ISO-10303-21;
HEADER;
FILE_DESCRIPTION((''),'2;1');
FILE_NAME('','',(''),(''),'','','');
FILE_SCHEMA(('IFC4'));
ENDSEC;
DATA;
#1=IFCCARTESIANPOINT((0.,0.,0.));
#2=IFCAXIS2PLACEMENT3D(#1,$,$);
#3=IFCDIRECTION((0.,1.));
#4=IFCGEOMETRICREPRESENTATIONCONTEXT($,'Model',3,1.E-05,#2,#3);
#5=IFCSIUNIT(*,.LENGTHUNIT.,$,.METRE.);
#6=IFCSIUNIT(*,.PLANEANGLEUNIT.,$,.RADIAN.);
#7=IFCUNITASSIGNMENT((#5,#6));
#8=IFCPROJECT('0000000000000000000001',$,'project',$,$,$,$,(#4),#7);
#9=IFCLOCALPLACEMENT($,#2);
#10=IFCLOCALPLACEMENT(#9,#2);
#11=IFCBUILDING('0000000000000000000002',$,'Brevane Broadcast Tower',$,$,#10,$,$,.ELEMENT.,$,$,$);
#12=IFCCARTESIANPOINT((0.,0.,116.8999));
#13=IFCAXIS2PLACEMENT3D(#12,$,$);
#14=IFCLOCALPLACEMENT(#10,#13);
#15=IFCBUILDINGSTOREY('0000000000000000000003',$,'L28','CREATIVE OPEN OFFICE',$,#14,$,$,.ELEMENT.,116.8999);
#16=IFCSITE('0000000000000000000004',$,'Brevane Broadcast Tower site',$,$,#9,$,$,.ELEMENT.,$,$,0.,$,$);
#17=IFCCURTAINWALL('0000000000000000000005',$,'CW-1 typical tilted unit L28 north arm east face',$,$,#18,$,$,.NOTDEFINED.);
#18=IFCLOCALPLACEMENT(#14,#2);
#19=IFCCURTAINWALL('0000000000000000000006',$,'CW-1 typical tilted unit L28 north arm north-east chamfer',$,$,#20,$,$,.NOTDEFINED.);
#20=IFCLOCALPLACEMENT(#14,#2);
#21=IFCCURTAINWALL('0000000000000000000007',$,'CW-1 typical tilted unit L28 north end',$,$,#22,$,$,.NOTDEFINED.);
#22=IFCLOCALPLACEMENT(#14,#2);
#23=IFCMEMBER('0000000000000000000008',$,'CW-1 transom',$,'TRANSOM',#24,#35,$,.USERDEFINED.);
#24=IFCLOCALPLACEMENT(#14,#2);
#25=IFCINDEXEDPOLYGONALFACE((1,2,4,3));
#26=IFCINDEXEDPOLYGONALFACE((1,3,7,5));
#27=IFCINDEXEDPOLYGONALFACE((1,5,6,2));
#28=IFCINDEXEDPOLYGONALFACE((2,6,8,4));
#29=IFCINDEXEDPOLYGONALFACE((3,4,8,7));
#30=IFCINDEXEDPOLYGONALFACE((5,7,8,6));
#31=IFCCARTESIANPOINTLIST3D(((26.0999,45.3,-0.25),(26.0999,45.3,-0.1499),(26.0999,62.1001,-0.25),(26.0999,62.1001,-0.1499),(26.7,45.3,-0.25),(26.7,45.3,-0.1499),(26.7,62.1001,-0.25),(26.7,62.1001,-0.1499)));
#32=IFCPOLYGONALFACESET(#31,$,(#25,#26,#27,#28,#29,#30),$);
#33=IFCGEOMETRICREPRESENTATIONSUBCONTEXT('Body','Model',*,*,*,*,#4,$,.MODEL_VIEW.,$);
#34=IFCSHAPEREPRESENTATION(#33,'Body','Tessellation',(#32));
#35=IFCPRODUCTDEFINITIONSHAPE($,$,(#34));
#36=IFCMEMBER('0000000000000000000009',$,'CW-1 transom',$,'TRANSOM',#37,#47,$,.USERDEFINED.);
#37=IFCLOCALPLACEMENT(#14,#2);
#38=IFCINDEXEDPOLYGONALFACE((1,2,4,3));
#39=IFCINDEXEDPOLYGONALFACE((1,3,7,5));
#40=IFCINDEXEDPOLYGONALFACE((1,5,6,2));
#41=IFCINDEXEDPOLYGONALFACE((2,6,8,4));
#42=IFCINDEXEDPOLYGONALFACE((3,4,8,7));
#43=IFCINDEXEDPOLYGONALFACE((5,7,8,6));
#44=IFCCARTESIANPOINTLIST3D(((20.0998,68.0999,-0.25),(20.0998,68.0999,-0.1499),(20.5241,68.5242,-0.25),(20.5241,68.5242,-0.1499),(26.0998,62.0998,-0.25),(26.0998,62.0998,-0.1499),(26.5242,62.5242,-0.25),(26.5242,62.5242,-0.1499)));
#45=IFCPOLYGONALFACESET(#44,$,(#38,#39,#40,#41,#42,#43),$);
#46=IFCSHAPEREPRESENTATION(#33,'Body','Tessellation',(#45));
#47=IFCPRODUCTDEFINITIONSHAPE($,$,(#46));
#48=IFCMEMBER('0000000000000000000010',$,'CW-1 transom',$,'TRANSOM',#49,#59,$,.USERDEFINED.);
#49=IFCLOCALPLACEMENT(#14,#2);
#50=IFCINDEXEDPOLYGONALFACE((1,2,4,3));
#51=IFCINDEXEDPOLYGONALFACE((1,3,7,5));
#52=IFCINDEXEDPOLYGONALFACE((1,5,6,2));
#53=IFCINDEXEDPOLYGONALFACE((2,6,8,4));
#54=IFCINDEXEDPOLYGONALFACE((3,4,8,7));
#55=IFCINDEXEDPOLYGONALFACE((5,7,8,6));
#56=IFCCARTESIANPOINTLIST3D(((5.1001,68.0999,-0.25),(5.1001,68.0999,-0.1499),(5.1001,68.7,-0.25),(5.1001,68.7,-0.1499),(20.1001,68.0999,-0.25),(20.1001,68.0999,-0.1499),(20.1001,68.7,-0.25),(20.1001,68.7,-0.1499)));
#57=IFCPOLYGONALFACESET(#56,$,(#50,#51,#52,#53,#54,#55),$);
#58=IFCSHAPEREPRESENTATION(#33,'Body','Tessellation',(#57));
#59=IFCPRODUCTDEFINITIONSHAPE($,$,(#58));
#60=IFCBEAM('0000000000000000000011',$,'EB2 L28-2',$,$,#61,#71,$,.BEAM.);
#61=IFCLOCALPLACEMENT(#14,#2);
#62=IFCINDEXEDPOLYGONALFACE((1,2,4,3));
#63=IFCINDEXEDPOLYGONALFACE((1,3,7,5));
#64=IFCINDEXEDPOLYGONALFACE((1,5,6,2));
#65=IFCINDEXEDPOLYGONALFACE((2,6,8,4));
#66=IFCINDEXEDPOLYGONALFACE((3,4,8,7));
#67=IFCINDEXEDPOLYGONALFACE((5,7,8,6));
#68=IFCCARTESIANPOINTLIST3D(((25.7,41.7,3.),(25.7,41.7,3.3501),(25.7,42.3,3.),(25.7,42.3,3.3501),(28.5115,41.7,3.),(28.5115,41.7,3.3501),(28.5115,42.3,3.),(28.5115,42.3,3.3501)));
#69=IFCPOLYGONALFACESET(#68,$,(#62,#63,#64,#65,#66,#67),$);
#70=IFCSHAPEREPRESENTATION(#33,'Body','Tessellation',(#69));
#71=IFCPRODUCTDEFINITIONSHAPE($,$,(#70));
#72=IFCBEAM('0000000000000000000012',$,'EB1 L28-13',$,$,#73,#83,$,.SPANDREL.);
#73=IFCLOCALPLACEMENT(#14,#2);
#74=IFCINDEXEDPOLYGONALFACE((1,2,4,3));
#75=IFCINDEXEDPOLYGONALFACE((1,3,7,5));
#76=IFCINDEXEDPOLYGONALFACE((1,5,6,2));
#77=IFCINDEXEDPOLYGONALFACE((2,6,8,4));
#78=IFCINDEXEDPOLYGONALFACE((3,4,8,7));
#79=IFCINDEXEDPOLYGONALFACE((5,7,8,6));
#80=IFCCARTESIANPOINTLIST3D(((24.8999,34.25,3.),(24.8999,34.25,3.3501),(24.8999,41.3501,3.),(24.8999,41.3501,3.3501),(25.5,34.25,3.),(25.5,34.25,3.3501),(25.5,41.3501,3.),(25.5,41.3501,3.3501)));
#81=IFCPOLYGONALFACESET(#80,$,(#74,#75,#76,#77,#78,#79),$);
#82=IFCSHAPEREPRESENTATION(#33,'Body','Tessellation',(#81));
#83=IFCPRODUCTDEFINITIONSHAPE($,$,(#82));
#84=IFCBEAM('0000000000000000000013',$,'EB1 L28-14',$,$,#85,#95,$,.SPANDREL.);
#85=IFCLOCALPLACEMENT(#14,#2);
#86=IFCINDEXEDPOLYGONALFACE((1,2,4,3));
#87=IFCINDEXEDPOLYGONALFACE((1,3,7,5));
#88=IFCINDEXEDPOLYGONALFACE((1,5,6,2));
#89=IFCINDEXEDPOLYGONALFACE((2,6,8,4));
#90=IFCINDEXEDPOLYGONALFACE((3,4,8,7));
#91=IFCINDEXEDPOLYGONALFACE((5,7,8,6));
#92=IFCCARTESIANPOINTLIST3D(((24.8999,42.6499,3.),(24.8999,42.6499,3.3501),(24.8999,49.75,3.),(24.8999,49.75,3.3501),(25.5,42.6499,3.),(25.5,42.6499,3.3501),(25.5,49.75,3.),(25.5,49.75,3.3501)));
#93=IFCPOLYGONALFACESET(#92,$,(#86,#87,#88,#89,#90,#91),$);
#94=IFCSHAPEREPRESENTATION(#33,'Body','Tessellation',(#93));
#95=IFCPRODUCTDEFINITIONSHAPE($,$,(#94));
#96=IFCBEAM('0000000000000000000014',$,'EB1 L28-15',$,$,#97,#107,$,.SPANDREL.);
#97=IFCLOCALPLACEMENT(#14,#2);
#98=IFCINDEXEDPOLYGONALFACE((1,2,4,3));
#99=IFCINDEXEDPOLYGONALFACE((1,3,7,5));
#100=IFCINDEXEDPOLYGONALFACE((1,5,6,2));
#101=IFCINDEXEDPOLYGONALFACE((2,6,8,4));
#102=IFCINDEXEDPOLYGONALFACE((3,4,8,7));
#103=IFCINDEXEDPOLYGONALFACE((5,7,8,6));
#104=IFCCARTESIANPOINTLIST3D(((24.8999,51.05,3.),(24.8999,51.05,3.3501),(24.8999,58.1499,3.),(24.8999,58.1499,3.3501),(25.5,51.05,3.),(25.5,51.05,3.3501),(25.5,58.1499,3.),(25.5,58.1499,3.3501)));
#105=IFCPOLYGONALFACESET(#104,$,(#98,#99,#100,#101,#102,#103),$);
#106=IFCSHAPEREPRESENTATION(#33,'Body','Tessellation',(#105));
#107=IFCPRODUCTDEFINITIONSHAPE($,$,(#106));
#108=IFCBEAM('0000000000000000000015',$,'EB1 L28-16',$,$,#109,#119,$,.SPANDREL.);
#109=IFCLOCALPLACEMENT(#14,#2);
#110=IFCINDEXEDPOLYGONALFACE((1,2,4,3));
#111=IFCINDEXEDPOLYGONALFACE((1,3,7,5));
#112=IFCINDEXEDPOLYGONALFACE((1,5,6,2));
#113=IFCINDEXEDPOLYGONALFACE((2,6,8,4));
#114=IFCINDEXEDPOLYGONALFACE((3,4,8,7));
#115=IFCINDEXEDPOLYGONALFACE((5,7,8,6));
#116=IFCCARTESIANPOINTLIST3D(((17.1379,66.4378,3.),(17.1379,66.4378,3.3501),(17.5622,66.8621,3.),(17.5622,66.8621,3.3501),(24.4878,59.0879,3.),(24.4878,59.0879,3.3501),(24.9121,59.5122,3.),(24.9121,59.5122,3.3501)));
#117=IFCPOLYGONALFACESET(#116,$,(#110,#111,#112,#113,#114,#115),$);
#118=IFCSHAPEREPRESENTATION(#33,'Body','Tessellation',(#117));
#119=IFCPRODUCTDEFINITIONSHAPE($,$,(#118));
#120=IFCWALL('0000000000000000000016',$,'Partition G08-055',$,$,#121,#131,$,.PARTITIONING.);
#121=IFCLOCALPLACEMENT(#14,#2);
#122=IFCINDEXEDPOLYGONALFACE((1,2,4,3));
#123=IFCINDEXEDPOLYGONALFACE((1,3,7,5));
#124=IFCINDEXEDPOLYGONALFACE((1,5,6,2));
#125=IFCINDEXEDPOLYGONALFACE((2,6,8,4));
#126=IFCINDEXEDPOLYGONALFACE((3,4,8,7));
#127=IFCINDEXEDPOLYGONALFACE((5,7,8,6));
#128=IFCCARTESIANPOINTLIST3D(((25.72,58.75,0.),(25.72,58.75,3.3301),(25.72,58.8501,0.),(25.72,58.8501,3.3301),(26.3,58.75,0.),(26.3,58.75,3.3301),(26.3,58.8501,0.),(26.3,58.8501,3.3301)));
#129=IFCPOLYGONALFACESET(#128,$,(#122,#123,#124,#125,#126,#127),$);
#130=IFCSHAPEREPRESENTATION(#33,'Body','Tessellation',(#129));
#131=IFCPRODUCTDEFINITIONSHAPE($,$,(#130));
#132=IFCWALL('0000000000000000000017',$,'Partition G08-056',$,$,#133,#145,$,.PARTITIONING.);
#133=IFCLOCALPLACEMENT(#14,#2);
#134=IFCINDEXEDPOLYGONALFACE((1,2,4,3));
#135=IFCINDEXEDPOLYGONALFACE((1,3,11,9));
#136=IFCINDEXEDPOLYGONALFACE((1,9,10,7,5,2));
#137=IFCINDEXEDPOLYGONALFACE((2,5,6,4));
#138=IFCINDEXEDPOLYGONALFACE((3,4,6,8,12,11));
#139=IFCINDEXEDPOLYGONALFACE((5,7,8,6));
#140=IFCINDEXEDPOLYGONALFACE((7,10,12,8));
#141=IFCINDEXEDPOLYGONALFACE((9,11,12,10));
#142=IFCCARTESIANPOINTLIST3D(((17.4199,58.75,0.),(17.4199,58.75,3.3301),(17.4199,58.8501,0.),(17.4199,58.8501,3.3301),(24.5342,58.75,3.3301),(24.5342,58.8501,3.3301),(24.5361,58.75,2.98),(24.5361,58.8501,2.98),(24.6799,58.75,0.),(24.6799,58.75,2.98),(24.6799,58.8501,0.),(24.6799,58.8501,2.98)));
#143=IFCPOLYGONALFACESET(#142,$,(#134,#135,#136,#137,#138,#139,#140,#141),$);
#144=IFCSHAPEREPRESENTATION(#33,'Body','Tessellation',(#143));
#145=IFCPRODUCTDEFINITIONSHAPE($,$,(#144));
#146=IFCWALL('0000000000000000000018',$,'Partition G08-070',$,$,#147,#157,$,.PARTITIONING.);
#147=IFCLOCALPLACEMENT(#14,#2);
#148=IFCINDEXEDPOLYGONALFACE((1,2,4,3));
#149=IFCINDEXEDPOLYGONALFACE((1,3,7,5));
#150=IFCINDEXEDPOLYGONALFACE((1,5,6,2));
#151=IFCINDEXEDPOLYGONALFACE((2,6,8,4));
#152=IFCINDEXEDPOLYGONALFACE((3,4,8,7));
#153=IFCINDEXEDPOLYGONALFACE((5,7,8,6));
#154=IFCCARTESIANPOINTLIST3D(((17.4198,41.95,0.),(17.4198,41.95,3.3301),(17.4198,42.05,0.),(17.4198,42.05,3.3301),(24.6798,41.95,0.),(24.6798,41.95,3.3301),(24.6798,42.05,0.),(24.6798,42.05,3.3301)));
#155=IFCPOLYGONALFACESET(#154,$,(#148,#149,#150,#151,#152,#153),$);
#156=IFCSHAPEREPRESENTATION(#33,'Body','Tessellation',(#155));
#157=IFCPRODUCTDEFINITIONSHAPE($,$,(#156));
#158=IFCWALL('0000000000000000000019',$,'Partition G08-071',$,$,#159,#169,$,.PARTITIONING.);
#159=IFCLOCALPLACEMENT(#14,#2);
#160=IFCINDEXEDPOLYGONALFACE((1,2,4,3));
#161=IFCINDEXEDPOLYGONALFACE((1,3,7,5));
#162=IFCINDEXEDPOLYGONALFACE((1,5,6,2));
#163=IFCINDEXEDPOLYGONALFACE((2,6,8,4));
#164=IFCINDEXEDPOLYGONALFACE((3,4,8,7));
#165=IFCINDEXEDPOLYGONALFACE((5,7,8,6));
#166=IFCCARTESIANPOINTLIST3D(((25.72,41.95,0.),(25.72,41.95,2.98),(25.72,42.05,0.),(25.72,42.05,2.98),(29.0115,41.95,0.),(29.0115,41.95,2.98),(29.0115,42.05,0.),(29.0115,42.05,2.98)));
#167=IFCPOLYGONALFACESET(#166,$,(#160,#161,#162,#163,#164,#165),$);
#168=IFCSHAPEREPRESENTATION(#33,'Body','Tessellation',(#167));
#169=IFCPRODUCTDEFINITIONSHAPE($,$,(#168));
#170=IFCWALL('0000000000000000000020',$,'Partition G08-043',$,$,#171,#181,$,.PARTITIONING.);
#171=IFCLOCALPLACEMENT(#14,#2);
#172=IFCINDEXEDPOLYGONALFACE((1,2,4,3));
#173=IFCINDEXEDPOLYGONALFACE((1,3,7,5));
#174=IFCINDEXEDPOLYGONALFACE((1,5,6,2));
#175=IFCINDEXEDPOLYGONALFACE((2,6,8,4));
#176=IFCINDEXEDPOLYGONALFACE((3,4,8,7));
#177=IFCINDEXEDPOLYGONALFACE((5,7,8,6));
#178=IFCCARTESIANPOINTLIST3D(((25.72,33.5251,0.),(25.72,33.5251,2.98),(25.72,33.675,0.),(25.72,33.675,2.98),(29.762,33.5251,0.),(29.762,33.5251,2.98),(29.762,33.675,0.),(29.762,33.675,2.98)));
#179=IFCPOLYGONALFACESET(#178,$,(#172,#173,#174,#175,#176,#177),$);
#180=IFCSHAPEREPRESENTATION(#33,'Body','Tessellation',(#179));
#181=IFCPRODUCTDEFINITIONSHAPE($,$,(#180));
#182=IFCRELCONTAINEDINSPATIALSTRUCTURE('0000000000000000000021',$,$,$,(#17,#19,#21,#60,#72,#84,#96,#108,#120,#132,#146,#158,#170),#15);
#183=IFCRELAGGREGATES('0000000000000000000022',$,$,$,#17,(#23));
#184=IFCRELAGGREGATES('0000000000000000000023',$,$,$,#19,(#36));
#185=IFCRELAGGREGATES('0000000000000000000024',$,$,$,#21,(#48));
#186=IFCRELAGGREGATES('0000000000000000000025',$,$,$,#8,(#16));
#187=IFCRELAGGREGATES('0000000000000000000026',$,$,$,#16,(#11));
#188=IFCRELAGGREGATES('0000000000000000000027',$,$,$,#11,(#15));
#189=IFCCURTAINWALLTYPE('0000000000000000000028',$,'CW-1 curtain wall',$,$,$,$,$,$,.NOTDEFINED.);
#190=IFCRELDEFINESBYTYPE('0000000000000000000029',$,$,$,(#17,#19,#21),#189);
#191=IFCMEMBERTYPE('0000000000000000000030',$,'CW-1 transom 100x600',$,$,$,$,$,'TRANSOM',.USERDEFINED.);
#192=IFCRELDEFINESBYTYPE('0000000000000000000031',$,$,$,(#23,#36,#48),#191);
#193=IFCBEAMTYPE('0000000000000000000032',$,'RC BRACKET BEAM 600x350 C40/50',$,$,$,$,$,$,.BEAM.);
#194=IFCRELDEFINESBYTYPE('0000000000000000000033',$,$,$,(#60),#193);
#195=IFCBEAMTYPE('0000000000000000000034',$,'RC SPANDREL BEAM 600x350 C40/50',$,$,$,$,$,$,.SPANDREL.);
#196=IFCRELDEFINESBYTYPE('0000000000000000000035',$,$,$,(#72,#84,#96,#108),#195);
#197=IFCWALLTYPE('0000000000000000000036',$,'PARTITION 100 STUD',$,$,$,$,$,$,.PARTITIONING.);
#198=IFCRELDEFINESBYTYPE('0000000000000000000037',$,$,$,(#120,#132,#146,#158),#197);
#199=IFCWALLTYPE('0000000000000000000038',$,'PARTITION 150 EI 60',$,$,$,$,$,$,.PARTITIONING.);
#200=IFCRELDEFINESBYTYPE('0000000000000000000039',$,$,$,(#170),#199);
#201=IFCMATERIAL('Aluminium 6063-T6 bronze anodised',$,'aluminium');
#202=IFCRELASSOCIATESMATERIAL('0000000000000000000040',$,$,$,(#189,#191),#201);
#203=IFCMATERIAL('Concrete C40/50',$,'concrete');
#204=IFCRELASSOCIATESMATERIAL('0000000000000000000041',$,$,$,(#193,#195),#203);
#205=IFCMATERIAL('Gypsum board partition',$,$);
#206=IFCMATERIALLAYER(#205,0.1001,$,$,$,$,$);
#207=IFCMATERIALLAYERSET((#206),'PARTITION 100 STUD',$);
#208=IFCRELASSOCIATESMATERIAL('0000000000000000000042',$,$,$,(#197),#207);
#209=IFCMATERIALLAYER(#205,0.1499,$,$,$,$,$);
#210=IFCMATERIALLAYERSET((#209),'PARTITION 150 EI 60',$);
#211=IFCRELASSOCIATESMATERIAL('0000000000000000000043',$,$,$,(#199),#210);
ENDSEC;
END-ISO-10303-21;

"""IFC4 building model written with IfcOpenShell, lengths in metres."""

from ifc_helpers import new_model, si_unit, direction, frame, frame_2d, origin, origin_2d, place, context, subcontext, project, spatial, polyline, rectangle, outline, extrude, material, layer, layer_set, material_profile, profile_set, type_object, element, aggregate, save


model = new_model("IFC4")

# Units and contexts
model_context = context("Model", 3, precision=1e-05, world=origin(), true_north=direction((0.0, 1.0)))
body_context = subcontext(model_context, "Body", "Model", "MODEL_VIEW")
ifc_project = project(units=[si_unit("LENGTHUNIT", "METRE"), si_unit("PLANEANGLEUNIT", "RADIAN")], contexts=[model_context])

# Site, building, storey
site_placement = place(None, origin())
site = spatial("IfcSite", under=ifc_project, at=site_placement, Name="Brevane Broadcast Tower site", CompositionType="ELEMENT", RefElevation=0.0)
building_placement = place(site_placement, origin())
building = spatial("IfcBuilding", under=site, at=building_placement, Name="Brevane Broadcast Tower", CompositionType="ELEMENT")
storey_placement = place(building_placement, frame((0.0, 0.0, 116.8999)))
storey = spatial("IfcBuildingStorey", under=building, at=storey_placement, Name="L28", Description="CREATIVE OPEN OFFICE", CompositionType="ELEMENT", Elevation=116.8999)

# Curtain walls
ifc_material_1 = material(Name="Aluminium 6063-T6 bronze anodised", Category="aluminium")
curtain_wall_type = type_object("IfcCurtainWallType", Name="CW-1 curtain wall", PredefinedType="NOTDEFINED", material=ifc_material_1)
curtain_wall_1_placement = place(storey_placement, origin())
curtain_wall_1 = element("IfcCurtainWall", 1, at=curtain_wall_1_placement, inside=storey, type_object=curtain_wall_type, Name="CW-1 typical tilted unit L28 north arm east face", PredefinedType="NOTDEFINED")
curtain_wall_2_placement = place(storey_placement, origin())
curtain_wall_2 = element("IfcCurtainWall", 2, at=curtain_wall_2_placement, inside=storey, type_object=curtain_wall_type, Name="CW-1 typical tilted unit L28 north arm north-east chamfer", PredefinedType="NOTDEFINED")

# Curtain wall
curtain_wall_3_placement = place(storey_placement, origin())
curtain_wall_3 = element("IfcCurtainWall", 3, at=curtain_wall_3_placement, inside=storey, type_object=curtain_wall_type, Name="CW-1 typical tilted unit L28 north end", PredefinedType="NOTDEFINED")

# Members
ifc_material_profile_1 = material_profile(ifc_material_1, rectangle(XDim=0.6001, YDim=0.1001, at=origin_2d()), Name="RECT 100x600")
ifc_profile_set_1 = profile_set([ifc_material_profile_1], Name="Aluminium 6063-T6 bronze anodised")
member_type_1 = type_object("IfcMemberType", Name="CW-1 transom 100x600", ElementType="TRANSOM", PredefinedType="USERDEFINED", material=ifc_profile_set_1)
member_1_placement = place(storey_placement, frame((26.3999, 45.3, -0.2), z_axis=(0.0, 1.0, 0.0), x_axis=(-1.0, 0.0, 0.0)))
member_1 = element("IfcMember", 4, at=member_1_placement, type_object=member_type_1, Name="CW-1 transom", ObjectType="TRANSOM", PredefinedType="USERDEFINED", context=body_context, shape_type="SweptSolid", body=[
    extrude(rectangle(XDim=0.6001, YDim=0.1001, at=origin_2d()), origin(), (0.0, 0.0, 1.0), 16.8),
])
aggregate(curtain_wall_1, [member_1])
member_2_placement = place(storey_placement, frame((26.312, 62.312, -0.2), z_axis=(-0.707107, 0.707107, 0.0), x_axis=(-0.707107, -0.707107, 0.0)))
member_2 = element("IfcMember", 5, at=member_2_placement, type_object=member_type_1, Name="CW-1 transom", ObjectType="TRANSOM", PredefinedType="USERDEFINED", context=body_context, shape_type="SweptSolid", body=[
    extrude(rectangle(XDim=0.6001, YDim=0.1001, at=origin_2d()), origin(), (0.0, 0.0, 1.0), 8.4854),
])
aggregate(curtain_wall_2, [member_2])
member_3_placement = place(storey_placement, frame((20.1001, 68.3999, -0.2), z_axis=(-1.0, 0.0, 0.0), x_axis=(0.0, -1.0, 0.0)))
member_3 = element("IfcMember", 6, at=member_3_placement, type_object=member_type_1, Name="CW-1 transom", ObjectType="TRANSOM", PredefinedType="USERDEFINED", context=body_context, shape_type="SweptSolid", body=[
    extrude(rectangle(XDim=0.6001, YDim=0.1001, at=origin_2d()), origin(), (0.0, 0.0, 1.0), 15.0),
])
aggregate(curtain_wall_3, [member_3])

# Beams
ifc_material_2 = material(Name="Concrete C40/50", Category="concrete")
ifc_material_profile_2 = material_profile(ifc_material_2, rectangle(XDim=0.6001, YDim=0.3501, at=origin_2d()), Name="RC 600x350")
ifc_profile_set_2 = profile_set([ifc_material_profile_2], Name="Concrete C40/50")
beam_type_1 = type_object("IfcBeamType", Name="RC BRACKET BEAM 600x350 C40/50", PredefinedType="BEAM", material=ifc_profile_set_2)
beam_1_placement = place(storey_placement, frame((25.7, 42.0, 3.175), z_axis=(1.0, 0.0, 0.0), x_axis=(0.0, 1.0, 0.0)))
element("IfcBeam", 7, at=beam_1_placement, inside=storey, type_object=beam_type_1, Name="EB2 L28-2", PredefinedType="BEAM", context=body_context, shape_type="SweptSolid", body=[
    extrude(rectangle(XDim=0.6001, YDim=0.3501, at=origin_2d()), origin(), (0.0, 0.0, 1.0), 2.8115),
])
ifc_material_profile_3 = material_profile(ifc_material_2, rectangle(XDim=0.6001, YDim=0.3501, at=origin_2d()), Name="RC 600x350")
ifc_profile_set_3 = profile_set([ifc_material_profile_3], Name="Concrete C40/50")
beam_type_2 = type_object("IfcBeamType", Name="RC SPANDREL BEAM 600x350 C40/50", PredefinedType="SPANDREL", material=ifc_profile_set_3)
for number, where, z_axis, x_axis, name in (
    (8, (25.2, 34.25, 3.175), (0.0, 1.0, 0.0), (-1.0, 0.0, 0.0), "EB1 L28-13"),
    (9, (25.2, 42.6499, 3.175), (0.0, 1.0, 0.0), (-1.0, 0.0, 0.0), "EB1 L28-14"),
):
    element("IfcBeam", number, at=place(storey_placement, frame(where, z_axis=z_axis, x_axis=x_axis)), inside=storey, type_object=beam_type_2, Name=name, PredefinedType="SPANDREL", context=body_context, shape_type="SweptSolid", body=[
        extrude(rectangle(XDim=0.6001, YDim=0.3501, at=origin_2d()), origin(), (0.0, 0.0, 1.0), 7.1001),
    ])
beam_2_placement = place(storey_placement, frame((25.2, 51.05, 3.175), z_axis=(0.0, 1.0, 0.0), x_axis=(-1.0, 0.0, 0.0)))
element("IfcBeam", 10, at=beam_2_placement, inside=storey, type_object=beam_type_2, Name="EB1 L28-15", PredefinedType="SPANDREL", context=body_context, shape_type="SweptSolid", body=[
    extrude(rectangle(XDim=0.6001, YDim=0.3501, at=origin_2d()), origin(), (0.0, 0.0, 1.0), 7.0999),
])
beam_3_placement = place(storey_placement, frame((24.7, 59.3, 3.175), z_axis=(-0.707107, 0.707107, 0.0), x_axis=(-0.707107, -0.707107, 0.0)))
element("IfcBeam", 11, at=beam_3_placement, inside=storey, type_object=beam_type_2, Name="EB1 L28-16", PredefinedType="SPANDREL", context=body_context, shape_type="SweptSolid", body=[
    extrude(rectangle(XDim=0.6001, YDim=0.3501, at=origin_2d()), origin(), (0.0, 0.0, 1.0), 10.3943),
])

# Walls
ifc_material_3 = material(Name="Gypsum board partition")
ifc_layer_1 = layer(ifc_material_3, 0.1001)
ifc_layer_set_1 = layer_set([ifc_layer_1], Name="PARTITION 100 STUD")
wall_type_1 = type_object("IfcWallType", Name="PARTITION 100 STUD", PredefinedType="PARTITIONING", material=ifc_layer_set_1)
wall_1_placement = place(storey_placement, frame((26.3, 58.8, 0.0), z_axis=(0.0, 0.0, 1.0), x_axis=(-1.0, 0.0, 0.0)))
element("IfcWall", 12, at=wall_1_placement, inside=storey, type_object=wall_type_1, Name="Partition G08-055", PredefinedType="PARTITIONING", context=body_context, shape_type="SweptSolid", body=[
    extrude(rectangle(XDim=0.5801, YDim=0.1001, at=frame_2d((0.29, 0.0))), origin(), (0.0, 0.0, 1.0), 3.3301),
])
wall_2_placement = place(storey_placement, frame((24.6799, 58.8, 0.0), z_axis=(0.0, 0.0, 1.0), x_axis=(-1.0, 0.0, 0.0)))
element("IfcWall", 13, at=wall_2_placement, inside=storey, type_object=wall_type_1, Name="Partition G08-056", PredefinedType="PARTITIONING", context=body_context, shape_type="SweptSolid", body=[
    extrude(outline(polyline([(0.0, 0.0), (7.26, 0.0), (7.26, 3.3301), (0.1458, 3.3301), (0.1438, 2.98), (0.0, 2.98), (0.0, 0.0)])), frame((0.0, 0.05, 0.0), z_axis=(0.0, -1.0, 0.0), x_axis=(1.0, 0.0, 0.0)), (0.0, 0.0, 1.0), 0.1001),
])
wall_3_placement = place(storey_placement, frame((17.4199, 42.0, 0.0), z_axis=(0.0, 0.0, 1.0), x_axis=(1.0, 0.0, 0.0)))
element("IfcWall", 14, at=wall_3_placement, inside=storey, type_object=wall_type_1, Name="Partition G08-070", PredefinedType="PARTITIONING", context=body_context, shape_type="SweptSolid", body=[
    extrude(rectangle(XDim=7.26, YDim=0.1001, at=frame_2d((3.6299, 0.0))), origin(), (0.0, 0.0, 1.0), 3.3301),
])
wall_4_placement = place(storey_placement, frame((25.72, 42.0, 0.0), z_axis=(0.0, 0.0, 1.0), x_axis=(1.0, 0.0, 0.0)))
element("IfcWall", 15, at=wall_4_placement, inside=storey, type_object=wall_type_1, Name="Partition G08-071", PredefinedType="PARTITIONING", context=body_context, shape_type="SweptSolid", body=[
    extrude(rectangle(XDim=3.2915, YDim=0.1001, at=frame_2d((1.6458, 0.0))), origin(), (0.0, 0.0, 1.0), 2.98),
])
ifc_layer_2 = layer(ifc_material_3, 0.1499)
ifc_layer_set_2 = layer_set([ifc_layer_2], Name="PARTITION 150 EI 60")
wall_type_2 = type_object("IfcWallType", Name="PARTITION 150 EI 60", PredefinedType="PARTITIONING", material=ifc_layer_set_2)
wall_5_placement = place(storey_placement, frame((25.72, 33.6001, 0.0), z_axis=(0.0, 0.0, 1.0), x_axis=(1.0, 0.0, 0.0)))
element("IfcWall", 16, at=wall_5_placement, inside=storey, type_object=wall_type_2, Name="Partition G08-043", PredefinedType="PARTITIONING", context=body_context, shape_type="SweptSolid", body=[
    extrude(rectangle(XDim=4.042, YDim=0.1499, at=frame_2d((2.021, 0.0))), origin(), (0.0, 0.0, 1.0), 2.98),
])

save(model, "model.ifc")
